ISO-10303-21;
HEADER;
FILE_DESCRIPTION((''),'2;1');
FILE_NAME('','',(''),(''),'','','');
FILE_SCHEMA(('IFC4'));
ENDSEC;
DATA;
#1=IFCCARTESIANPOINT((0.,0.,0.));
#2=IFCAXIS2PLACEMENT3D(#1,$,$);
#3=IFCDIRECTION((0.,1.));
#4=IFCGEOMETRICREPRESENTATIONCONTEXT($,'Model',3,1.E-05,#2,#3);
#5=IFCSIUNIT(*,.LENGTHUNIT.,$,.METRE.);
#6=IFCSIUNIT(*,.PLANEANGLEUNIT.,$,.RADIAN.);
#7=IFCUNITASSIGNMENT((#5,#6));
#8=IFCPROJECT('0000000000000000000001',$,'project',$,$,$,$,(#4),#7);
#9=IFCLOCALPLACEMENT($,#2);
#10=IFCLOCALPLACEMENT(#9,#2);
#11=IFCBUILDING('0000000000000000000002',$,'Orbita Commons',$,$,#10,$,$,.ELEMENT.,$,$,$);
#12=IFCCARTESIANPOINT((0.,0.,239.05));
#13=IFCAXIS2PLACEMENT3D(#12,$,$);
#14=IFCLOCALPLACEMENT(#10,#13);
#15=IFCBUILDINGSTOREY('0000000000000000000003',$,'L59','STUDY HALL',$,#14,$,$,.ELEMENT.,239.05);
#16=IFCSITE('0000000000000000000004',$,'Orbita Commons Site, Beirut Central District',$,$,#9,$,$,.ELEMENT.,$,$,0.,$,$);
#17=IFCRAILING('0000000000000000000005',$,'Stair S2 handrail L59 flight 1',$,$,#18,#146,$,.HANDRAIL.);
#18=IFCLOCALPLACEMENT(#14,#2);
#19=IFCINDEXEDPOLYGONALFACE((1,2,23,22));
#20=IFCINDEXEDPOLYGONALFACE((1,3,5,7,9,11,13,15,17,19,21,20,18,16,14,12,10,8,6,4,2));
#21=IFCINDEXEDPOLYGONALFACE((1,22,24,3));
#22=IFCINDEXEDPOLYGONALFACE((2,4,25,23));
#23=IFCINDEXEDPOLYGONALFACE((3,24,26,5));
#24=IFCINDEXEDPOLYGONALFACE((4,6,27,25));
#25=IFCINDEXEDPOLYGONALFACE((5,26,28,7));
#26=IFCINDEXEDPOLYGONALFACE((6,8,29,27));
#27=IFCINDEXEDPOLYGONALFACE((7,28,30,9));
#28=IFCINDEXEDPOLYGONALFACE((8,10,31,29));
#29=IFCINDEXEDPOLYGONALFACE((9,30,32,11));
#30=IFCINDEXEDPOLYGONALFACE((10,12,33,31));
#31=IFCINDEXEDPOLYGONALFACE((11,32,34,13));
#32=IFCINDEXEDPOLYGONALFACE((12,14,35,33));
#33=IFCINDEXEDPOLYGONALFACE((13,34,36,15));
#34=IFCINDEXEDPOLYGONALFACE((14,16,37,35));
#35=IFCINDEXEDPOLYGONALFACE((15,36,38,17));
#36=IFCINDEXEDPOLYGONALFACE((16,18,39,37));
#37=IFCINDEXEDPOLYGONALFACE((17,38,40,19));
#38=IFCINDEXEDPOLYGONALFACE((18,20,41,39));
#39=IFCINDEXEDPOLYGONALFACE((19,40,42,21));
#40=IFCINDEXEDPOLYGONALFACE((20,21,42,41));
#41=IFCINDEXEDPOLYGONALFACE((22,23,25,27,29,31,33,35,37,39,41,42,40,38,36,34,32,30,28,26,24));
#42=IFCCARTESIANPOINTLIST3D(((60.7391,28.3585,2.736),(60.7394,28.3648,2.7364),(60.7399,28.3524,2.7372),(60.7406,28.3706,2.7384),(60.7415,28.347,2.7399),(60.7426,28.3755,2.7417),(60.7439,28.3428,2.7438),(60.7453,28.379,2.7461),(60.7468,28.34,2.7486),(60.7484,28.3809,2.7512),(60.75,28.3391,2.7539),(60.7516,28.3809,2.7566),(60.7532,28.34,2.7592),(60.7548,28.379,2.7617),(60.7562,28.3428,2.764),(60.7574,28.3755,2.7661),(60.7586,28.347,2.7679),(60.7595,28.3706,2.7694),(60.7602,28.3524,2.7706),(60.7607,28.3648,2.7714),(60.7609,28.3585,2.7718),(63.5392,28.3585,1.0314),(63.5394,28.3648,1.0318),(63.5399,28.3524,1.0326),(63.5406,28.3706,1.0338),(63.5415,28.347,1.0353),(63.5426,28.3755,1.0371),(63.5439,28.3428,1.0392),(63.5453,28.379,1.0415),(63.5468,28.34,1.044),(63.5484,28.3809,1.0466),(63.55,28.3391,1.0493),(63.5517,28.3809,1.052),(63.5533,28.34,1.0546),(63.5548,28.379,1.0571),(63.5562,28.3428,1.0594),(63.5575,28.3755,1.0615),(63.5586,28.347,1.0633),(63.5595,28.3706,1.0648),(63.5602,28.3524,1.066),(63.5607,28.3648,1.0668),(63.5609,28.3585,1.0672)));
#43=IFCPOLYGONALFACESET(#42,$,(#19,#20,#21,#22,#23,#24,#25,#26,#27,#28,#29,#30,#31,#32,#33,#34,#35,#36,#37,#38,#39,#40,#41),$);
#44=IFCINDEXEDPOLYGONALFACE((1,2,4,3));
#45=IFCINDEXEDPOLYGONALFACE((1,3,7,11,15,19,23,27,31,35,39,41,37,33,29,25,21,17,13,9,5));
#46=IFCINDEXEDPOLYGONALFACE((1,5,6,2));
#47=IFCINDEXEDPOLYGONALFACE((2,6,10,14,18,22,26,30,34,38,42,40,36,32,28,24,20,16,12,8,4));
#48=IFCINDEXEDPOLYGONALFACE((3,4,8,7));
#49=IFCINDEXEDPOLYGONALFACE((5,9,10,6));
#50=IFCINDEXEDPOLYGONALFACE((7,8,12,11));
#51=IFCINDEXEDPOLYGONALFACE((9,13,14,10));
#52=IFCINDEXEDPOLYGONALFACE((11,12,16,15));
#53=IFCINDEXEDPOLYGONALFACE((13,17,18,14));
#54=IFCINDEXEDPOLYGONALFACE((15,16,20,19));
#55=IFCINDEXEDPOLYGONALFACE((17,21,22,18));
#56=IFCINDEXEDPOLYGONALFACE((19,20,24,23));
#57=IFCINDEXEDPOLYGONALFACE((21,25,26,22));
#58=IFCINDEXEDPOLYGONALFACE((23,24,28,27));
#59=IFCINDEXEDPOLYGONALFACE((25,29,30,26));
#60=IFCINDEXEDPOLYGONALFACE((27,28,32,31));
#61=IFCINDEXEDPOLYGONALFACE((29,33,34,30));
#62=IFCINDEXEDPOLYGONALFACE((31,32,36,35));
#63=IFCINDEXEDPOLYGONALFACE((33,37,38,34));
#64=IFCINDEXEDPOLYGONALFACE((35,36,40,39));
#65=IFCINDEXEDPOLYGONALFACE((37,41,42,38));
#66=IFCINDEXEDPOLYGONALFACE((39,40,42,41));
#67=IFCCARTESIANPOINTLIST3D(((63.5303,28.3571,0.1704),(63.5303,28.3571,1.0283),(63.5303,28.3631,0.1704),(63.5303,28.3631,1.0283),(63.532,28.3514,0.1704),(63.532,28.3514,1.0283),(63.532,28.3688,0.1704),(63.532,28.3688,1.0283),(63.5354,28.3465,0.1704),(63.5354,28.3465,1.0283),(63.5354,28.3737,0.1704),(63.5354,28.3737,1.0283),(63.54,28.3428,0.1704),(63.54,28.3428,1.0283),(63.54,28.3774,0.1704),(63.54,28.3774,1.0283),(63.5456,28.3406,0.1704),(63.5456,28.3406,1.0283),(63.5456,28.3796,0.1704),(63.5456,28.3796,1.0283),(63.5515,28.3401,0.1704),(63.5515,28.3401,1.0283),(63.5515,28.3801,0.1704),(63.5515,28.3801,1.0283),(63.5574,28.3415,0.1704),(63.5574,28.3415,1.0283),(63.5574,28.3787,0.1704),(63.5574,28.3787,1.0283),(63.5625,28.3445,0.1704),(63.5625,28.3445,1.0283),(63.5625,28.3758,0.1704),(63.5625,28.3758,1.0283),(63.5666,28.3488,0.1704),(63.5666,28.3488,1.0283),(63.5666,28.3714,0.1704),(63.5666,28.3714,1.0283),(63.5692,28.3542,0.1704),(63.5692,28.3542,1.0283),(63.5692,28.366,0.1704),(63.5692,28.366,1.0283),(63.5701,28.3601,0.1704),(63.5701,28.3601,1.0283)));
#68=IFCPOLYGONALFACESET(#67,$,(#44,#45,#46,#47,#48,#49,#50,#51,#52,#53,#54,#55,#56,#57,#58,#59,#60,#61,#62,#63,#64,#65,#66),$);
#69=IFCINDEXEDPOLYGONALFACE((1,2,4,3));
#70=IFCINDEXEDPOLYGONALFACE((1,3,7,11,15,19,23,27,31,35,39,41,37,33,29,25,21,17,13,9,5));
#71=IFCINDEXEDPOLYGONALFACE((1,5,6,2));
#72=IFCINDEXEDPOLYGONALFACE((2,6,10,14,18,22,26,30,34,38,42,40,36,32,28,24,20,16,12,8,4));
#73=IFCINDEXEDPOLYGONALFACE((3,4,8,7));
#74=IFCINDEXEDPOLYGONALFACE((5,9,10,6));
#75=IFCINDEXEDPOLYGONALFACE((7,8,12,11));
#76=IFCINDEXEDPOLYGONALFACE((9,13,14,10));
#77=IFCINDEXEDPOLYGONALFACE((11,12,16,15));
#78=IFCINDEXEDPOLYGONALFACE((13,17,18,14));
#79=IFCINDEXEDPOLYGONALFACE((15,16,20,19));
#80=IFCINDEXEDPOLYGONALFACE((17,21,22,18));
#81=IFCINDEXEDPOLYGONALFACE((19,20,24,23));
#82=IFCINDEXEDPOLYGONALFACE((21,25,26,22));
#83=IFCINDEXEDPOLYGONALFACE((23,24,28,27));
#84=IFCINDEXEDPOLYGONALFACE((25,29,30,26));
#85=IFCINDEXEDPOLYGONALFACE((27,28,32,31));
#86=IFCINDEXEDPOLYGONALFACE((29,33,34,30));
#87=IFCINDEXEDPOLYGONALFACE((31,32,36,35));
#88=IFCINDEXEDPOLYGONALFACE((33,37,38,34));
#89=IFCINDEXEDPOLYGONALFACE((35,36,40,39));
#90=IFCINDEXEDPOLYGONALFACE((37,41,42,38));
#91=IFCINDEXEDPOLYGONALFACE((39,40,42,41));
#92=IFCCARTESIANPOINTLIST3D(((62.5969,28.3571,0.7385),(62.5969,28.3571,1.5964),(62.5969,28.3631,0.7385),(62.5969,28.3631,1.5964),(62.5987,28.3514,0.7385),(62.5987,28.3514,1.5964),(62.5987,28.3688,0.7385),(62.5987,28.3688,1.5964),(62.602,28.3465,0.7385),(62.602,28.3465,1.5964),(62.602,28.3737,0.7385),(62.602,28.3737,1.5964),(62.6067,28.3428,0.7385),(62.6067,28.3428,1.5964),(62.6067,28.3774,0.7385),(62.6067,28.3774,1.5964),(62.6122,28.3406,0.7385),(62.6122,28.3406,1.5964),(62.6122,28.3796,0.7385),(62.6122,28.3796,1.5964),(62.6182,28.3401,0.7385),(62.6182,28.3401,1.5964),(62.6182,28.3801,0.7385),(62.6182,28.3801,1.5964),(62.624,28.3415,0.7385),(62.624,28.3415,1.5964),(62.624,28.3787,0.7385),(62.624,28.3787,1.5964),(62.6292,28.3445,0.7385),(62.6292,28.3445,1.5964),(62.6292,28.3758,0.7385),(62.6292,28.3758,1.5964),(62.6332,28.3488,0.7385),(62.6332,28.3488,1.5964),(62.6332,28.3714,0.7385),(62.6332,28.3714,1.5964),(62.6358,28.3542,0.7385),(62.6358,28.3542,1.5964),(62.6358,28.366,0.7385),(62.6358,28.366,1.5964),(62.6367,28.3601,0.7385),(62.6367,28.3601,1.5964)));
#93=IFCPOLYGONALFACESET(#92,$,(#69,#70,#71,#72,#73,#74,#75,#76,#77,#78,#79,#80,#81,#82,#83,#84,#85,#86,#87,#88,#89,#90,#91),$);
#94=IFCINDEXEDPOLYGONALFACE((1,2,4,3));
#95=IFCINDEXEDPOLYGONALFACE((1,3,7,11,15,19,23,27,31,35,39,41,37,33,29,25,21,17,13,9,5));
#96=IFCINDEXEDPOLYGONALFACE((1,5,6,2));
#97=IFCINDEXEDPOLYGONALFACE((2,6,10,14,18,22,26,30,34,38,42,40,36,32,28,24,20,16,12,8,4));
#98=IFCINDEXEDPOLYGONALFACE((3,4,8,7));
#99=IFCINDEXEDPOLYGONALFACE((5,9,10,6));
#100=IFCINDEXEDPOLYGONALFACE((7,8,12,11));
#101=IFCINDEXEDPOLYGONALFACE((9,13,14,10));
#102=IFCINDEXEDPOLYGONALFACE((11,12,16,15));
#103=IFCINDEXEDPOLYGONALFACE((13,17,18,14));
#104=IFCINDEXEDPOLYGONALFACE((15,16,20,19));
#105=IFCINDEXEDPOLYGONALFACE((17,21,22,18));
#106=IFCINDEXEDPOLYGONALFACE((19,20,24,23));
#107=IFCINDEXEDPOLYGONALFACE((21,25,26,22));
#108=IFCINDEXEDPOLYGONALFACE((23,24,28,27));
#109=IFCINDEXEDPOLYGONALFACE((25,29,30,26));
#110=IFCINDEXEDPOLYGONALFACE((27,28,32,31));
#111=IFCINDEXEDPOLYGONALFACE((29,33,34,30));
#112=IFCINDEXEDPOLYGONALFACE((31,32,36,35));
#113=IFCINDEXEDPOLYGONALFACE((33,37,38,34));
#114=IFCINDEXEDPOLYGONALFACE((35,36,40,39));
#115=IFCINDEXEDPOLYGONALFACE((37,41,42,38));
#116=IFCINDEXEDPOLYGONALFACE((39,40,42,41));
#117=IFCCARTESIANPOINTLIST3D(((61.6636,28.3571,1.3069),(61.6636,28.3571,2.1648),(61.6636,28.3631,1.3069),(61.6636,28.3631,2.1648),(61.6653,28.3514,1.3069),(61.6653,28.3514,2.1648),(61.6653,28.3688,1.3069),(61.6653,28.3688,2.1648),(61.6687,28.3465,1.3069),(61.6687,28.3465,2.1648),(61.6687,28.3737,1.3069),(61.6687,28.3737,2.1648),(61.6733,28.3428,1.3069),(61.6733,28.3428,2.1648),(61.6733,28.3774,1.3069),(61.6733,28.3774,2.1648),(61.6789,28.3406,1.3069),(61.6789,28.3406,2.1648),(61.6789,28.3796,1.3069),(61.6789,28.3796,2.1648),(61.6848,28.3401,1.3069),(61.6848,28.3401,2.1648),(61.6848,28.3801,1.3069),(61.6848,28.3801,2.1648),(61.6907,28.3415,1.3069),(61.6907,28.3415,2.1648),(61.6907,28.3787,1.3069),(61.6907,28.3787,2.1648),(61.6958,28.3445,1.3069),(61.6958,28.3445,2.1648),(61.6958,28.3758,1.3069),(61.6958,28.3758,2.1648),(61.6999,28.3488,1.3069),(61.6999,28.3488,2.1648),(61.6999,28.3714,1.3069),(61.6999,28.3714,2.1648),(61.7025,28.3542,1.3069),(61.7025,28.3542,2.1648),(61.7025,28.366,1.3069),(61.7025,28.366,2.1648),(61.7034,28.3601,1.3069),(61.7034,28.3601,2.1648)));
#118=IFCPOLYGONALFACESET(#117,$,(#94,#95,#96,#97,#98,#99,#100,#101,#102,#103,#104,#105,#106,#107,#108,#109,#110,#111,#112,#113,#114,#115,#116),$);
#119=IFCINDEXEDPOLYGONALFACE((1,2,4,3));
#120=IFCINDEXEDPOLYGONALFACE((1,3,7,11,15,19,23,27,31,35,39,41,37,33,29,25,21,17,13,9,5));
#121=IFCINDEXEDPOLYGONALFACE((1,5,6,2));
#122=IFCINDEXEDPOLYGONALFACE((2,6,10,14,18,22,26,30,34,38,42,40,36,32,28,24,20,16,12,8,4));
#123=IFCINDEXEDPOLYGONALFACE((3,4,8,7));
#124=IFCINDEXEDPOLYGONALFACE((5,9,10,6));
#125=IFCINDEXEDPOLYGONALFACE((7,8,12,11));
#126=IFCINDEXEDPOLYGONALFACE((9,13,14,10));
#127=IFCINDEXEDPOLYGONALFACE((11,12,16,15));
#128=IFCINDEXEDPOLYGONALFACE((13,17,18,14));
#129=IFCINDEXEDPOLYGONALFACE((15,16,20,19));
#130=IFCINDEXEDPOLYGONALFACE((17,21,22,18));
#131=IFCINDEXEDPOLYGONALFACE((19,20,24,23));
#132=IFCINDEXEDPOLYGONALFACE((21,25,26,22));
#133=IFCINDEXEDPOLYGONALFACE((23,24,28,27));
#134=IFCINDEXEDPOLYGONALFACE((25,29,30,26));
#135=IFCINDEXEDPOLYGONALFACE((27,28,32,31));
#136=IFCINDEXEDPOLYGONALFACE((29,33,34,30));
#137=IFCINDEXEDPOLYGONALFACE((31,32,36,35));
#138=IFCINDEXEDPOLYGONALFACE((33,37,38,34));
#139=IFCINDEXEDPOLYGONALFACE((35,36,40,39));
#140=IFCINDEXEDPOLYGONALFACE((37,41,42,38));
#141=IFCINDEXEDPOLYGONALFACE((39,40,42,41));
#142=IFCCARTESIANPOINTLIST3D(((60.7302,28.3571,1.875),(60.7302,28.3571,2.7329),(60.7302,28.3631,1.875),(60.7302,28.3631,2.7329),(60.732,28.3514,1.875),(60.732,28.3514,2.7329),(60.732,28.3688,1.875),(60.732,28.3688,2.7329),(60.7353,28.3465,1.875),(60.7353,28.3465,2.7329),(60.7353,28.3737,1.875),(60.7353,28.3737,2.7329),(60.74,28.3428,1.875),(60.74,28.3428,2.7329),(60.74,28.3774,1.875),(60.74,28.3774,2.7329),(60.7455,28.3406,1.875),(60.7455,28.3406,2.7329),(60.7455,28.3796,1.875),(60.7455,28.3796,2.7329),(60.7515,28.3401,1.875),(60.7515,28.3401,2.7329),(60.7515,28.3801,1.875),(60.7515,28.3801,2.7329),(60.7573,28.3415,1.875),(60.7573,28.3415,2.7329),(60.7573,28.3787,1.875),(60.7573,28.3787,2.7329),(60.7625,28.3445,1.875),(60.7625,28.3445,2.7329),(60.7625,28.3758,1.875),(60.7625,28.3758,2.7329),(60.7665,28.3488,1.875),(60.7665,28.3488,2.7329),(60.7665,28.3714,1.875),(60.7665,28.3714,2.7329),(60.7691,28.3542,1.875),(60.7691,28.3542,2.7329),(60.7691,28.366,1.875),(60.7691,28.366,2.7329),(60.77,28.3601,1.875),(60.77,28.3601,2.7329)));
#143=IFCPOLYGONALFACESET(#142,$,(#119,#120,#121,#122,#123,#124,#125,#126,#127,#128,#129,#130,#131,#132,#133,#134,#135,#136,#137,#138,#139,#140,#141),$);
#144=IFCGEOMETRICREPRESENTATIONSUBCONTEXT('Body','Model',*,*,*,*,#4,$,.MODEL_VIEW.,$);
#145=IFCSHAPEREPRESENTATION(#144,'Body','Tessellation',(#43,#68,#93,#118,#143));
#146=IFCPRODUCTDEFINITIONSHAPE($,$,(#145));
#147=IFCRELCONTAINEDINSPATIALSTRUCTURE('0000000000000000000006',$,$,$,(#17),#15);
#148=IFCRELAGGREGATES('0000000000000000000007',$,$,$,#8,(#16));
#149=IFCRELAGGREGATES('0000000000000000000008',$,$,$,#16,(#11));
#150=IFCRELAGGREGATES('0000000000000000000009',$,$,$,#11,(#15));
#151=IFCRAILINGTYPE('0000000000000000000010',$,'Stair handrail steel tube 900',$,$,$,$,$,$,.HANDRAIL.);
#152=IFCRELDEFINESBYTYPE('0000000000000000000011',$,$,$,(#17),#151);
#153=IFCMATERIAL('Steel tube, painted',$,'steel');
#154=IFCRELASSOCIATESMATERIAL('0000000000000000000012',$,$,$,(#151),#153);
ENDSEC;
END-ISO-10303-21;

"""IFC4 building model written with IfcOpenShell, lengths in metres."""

from ifc_helpers import new_model, si_unit, direction, frame, origin, origin_2d, place, context, subcontext, project, spatial, circle, extrude, material, type_object, element, save


model = new_model("IFC4")

# Units and contexts
model_context = context("Model", 3, precision=1e-05, world=origin(), true_north=direction((0.0, 1.0)))
body_context = subcontext(model_context, "Body", "Model", "MODEL_VIEW")
ifc_project = project(units=[si_unit("LENGTHUNIT", "METRE"), si_unit("PLANEANGLEUNIT", "RADIAN")], contexts=[model_context])

# Site, building, storey
site_placement = place(None, origin())
site = spatial("IfcSite", under=ifc_project, at=site_placement, Name="Orbita Commons Site, Beirut Central District", CompositionType="ELEMENT", RefElevation=0.0)
building_placement = place(site_placement, origin())
building = spatial("IfcBuilding", under=site, at=building_placement, Name="Orbita Commons", CompositionType="ELEMENT")
storey_placement = place(building_placement, frame((0.0, 0.0, 239.05)))
storey = spatial("IfcBuildingStorey", under=building, at=storey_placement, Name="L59", Description="STUDY HALL", CompositionType="ELEMENT", Elevation=239.05)

# Railing
ifc_material_1 = material(Name="Steel tube, painted", Category="steel")
railing_type = type_object("IfcRailingType", Name="Stair handrail steel tube 900", PredefinedType="HANDRAIL", material=ifc_material_1)
railing_placement = place(storey_placement, frame((63.55, 28.3601, 0.1704)))
element("IfcRailing", 1, at=railing_placement, inside=storey, type_object=railing_type, Name="Stair S2 handrail L59 flight 1", PredefinedType="HANDRAIL", context=body_context, shape_type="SweptSolid", body=[
    extrude(circle(Radius=0.021, at=origin_2d()), frame((0.0, 0.0, 0.8789), z_axis=(-0.85417, 0.0, 0.519994), x_axis=(0.0, -1.0, 0.0)), (0.0, 0.0, 1.0), 3.2781),
    extrude(circle(Radius=0.02, at=origin_2d()), origin(), (0.0, 0.0, 1.0), 0.8579),
    extrude(circle(Radius=0.02, at=origin_2d()), frame((-0.9333, 0.0, 0.5681)), (0.0, 0.0, 1.0), 0.8579),
    extrude(circle(Radius=0.02, at=origin_2d()), frame((-1.8667, 0.0, 1.1365)), (0.0, 0.0, 1.0), 0.8579),
    extrude(circle(Radius=0.02, at=origin_2d()), frame((-2.8, 0.0, 1.7046)), (0.0, 0.0, 1.0), 0.8579),
])

save(model, "model.ifc")
